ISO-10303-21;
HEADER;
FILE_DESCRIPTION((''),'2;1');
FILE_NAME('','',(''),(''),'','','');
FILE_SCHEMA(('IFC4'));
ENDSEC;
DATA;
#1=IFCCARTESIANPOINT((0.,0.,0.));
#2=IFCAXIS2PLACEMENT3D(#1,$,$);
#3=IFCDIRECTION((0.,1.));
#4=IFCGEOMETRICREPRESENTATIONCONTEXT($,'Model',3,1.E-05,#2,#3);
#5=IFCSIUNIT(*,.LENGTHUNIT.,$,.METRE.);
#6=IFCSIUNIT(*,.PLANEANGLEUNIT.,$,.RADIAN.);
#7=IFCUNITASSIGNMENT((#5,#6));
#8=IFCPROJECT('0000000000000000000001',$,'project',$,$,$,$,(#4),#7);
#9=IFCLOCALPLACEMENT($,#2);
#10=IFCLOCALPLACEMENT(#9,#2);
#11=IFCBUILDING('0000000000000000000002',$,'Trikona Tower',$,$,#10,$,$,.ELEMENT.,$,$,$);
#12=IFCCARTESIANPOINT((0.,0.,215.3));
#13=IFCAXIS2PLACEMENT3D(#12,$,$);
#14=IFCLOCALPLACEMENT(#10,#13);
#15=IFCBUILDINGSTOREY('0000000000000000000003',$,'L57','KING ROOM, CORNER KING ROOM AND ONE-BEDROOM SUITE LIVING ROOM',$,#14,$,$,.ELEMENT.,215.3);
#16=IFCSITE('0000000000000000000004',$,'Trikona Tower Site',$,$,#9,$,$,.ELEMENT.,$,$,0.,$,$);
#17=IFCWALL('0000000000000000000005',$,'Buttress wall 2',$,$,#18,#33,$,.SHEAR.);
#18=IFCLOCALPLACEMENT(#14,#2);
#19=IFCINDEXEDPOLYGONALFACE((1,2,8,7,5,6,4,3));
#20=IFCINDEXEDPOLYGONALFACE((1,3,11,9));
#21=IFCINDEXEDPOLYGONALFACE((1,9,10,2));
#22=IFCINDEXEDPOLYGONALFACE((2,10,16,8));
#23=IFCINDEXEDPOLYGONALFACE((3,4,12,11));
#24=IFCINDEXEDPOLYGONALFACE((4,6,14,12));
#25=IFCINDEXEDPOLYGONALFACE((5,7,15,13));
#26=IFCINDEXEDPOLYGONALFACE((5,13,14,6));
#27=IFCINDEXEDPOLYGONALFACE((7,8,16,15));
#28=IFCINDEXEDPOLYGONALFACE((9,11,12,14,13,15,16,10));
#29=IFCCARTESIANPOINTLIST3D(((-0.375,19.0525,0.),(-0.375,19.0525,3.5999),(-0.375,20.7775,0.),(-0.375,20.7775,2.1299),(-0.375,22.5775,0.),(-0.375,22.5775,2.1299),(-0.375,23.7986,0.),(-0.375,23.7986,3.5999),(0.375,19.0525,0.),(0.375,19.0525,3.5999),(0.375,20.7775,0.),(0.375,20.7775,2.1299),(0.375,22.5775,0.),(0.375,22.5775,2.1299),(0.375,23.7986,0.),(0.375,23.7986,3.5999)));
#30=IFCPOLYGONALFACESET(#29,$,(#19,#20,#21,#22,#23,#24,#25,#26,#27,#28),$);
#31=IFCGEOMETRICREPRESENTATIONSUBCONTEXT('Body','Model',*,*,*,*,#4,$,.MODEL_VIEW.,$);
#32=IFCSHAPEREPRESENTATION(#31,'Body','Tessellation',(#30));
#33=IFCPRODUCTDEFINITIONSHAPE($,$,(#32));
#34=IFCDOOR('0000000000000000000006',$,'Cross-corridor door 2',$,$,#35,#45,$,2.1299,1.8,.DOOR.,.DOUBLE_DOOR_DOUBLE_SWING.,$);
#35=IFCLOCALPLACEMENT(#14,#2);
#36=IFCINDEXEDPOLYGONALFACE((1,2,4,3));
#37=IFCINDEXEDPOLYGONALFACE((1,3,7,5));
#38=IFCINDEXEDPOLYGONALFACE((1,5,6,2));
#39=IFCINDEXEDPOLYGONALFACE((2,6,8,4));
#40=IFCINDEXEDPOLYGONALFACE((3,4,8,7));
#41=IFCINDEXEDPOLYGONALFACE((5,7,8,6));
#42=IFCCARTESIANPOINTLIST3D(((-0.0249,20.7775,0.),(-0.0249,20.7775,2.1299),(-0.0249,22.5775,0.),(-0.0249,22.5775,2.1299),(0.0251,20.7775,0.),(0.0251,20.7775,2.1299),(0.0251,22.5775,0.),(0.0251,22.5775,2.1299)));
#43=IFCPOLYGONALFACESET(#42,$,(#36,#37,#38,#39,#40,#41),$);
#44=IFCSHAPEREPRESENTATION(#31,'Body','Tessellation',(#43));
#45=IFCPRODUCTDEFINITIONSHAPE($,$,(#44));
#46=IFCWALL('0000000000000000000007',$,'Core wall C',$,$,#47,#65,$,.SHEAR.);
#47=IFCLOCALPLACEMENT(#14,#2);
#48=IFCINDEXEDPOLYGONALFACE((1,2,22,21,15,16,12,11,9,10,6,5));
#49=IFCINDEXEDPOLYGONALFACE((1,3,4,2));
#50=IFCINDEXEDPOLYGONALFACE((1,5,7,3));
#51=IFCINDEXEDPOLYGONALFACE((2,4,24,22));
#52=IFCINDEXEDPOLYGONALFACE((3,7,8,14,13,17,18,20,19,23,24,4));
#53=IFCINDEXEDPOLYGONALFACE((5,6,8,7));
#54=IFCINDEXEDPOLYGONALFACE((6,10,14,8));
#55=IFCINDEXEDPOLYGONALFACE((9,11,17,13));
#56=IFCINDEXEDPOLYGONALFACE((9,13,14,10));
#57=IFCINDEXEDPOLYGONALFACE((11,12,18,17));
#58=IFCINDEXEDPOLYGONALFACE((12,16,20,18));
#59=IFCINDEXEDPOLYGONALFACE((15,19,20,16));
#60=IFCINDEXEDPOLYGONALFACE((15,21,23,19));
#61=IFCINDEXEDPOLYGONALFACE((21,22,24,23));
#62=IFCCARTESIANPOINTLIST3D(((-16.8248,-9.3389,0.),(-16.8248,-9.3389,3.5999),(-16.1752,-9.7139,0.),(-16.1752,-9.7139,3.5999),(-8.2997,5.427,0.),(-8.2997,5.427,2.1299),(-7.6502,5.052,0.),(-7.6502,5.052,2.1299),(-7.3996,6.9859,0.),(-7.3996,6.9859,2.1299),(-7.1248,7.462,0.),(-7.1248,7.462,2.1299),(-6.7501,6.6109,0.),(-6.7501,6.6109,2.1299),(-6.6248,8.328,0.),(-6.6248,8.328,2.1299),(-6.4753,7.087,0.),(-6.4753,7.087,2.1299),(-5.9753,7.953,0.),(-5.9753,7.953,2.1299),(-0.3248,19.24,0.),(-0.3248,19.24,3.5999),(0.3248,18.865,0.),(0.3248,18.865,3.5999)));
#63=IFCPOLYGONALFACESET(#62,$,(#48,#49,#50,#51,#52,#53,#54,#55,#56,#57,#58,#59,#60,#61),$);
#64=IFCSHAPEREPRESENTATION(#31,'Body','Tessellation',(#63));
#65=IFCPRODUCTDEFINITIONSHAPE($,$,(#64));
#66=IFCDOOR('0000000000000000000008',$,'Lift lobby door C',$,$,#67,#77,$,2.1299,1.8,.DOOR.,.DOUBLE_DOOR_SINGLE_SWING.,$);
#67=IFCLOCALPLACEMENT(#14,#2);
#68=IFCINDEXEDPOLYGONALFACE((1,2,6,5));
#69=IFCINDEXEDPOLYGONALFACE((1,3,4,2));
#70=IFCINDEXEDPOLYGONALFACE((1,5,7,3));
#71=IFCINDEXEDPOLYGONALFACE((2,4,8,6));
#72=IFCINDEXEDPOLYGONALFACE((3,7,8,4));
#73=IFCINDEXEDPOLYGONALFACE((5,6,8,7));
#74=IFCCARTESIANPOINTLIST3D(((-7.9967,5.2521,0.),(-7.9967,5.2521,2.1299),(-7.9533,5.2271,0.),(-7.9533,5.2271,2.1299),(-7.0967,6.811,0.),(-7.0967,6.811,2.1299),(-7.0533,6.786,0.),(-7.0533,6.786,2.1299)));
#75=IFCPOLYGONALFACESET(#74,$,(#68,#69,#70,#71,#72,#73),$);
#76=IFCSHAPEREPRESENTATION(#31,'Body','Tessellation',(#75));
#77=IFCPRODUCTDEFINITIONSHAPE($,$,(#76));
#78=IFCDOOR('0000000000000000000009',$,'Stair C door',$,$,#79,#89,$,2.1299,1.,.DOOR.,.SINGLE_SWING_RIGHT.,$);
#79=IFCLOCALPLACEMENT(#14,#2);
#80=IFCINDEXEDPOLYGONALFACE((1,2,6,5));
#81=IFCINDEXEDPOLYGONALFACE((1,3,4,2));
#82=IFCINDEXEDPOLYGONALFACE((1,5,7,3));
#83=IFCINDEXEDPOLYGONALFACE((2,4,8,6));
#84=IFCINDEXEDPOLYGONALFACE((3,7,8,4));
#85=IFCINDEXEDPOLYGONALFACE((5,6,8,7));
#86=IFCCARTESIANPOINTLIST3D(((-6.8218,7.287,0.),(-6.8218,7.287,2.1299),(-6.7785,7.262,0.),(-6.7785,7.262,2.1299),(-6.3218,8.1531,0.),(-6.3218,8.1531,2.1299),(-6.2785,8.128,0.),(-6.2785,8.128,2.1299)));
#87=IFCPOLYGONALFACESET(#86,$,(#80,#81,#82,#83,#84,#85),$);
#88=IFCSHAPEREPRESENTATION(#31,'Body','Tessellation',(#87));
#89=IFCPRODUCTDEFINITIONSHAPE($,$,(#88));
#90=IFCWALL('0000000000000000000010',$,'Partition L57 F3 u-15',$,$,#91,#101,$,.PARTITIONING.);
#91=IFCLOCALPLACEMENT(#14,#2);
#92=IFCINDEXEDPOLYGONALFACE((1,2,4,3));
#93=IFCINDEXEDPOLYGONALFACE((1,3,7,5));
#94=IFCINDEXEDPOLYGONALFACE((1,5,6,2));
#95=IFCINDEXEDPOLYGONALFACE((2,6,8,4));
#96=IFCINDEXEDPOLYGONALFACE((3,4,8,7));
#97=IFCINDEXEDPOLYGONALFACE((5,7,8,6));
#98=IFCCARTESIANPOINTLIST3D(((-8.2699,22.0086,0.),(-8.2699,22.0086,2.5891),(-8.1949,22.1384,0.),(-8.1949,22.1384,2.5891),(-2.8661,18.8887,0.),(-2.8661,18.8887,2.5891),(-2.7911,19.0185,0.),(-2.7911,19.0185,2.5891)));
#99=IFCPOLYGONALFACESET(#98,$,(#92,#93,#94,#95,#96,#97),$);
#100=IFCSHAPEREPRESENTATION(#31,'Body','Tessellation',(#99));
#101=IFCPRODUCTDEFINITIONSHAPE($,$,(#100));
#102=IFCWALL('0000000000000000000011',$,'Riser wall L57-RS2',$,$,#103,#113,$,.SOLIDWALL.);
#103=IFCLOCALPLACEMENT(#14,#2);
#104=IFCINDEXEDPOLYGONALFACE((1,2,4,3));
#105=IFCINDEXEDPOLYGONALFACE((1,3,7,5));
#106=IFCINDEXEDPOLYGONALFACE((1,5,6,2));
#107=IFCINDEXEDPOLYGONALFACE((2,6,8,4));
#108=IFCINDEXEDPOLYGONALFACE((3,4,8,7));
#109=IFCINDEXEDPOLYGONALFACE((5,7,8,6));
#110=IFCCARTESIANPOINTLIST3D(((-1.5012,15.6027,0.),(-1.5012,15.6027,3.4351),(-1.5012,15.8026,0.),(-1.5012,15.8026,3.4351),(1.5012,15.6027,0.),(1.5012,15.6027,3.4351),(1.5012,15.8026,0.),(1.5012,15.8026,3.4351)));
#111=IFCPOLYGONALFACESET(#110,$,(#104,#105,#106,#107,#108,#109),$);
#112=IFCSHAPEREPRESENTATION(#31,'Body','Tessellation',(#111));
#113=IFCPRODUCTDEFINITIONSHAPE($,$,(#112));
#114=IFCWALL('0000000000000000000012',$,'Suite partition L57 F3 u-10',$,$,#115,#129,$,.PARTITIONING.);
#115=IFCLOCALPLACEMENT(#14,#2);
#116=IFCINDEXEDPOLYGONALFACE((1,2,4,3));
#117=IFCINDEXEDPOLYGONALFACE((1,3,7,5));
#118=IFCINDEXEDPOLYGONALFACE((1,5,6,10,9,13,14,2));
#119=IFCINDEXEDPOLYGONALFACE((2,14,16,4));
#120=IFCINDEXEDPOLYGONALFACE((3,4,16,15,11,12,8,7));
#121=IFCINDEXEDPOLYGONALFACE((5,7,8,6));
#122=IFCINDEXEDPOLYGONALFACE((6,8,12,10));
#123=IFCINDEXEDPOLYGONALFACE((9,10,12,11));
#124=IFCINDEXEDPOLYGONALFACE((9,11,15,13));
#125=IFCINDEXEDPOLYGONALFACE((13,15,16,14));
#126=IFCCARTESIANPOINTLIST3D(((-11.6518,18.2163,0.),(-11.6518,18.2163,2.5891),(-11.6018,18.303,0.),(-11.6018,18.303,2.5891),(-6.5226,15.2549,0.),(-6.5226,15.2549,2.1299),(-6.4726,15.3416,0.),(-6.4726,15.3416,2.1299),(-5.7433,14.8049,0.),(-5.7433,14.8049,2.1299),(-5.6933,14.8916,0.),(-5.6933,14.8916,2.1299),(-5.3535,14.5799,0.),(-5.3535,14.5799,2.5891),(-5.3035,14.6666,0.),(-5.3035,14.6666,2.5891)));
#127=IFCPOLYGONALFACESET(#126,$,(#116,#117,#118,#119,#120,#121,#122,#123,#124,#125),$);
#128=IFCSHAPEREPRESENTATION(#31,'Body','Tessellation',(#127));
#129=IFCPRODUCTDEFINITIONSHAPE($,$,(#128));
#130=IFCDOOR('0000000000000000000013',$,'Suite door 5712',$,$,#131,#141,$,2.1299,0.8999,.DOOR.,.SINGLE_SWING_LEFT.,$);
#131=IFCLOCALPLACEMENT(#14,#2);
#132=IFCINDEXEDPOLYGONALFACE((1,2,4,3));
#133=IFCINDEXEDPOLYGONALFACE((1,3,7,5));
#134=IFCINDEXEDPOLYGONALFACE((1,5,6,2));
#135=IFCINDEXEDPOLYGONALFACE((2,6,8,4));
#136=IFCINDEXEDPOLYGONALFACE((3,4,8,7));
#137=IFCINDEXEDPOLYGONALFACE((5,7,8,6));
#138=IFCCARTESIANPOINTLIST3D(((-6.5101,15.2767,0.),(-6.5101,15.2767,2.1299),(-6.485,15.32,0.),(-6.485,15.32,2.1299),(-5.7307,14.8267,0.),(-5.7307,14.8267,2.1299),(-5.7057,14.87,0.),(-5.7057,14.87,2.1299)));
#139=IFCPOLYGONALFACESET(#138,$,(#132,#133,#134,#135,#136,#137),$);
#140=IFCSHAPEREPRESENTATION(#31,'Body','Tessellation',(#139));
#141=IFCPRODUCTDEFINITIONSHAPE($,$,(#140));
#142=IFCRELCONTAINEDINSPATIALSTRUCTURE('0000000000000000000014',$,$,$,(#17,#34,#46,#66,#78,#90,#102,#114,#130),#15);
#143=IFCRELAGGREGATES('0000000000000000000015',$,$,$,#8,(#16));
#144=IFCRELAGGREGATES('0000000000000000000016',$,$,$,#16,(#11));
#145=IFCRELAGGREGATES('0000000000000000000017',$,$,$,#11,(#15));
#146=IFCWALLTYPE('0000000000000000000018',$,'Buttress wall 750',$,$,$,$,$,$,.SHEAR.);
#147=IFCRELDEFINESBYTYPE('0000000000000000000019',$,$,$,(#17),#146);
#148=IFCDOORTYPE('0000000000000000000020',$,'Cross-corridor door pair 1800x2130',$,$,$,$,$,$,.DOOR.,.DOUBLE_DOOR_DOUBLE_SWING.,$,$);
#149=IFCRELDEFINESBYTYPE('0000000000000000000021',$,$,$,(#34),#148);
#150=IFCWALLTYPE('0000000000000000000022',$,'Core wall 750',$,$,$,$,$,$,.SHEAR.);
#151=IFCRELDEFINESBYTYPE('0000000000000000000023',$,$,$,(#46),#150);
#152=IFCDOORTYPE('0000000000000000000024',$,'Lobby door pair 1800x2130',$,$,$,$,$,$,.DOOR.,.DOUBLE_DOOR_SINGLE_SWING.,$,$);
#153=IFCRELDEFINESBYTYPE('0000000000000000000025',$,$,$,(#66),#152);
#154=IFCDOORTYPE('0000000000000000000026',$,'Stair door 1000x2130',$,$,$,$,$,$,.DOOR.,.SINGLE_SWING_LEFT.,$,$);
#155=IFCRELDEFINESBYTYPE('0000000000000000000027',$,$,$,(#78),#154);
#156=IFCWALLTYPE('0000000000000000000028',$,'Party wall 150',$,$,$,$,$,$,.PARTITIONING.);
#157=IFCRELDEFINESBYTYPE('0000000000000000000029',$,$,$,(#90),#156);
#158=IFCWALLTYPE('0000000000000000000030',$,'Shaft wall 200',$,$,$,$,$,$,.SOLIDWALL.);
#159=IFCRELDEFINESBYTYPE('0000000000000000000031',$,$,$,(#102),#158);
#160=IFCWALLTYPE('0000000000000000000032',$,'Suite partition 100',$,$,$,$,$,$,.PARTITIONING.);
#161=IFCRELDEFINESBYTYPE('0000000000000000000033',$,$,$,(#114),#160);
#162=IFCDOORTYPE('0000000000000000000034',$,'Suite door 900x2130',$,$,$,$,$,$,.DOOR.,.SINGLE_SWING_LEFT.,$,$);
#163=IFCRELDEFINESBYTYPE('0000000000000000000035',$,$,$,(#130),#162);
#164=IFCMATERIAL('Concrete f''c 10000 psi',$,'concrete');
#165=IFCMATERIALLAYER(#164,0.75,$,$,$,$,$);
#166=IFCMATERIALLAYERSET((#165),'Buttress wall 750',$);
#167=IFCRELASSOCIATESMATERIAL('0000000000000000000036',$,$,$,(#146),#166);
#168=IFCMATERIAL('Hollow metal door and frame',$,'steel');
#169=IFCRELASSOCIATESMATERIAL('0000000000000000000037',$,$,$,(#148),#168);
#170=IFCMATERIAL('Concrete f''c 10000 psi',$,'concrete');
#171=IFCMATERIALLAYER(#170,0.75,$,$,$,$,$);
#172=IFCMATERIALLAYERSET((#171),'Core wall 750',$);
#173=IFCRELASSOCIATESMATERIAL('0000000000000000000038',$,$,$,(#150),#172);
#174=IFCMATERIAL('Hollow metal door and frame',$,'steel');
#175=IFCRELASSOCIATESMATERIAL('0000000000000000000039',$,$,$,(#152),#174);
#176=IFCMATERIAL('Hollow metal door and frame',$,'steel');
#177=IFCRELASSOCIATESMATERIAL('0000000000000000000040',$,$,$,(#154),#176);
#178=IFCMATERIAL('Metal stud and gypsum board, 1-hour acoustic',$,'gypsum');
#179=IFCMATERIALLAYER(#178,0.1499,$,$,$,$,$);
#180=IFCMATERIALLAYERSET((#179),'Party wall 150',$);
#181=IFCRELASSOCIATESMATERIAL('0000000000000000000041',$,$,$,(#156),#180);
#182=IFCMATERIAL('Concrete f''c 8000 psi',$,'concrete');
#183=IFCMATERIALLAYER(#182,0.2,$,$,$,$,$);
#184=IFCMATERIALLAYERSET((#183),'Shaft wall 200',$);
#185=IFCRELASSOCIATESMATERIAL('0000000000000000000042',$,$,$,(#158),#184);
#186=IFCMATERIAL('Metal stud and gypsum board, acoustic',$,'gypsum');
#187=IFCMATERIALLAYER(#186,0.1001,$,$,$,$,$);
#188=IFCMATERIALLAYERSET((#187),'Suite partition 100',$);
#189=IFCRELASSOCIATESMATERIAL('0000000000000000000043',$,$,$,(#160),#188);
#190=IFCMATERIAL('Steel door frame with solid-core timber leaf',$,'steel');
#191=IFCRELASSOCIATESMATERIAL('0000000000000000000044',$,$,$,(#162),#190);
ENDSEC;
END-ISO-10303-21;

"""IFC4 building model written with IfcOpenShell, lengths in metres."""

from ifc_helpers import new_model, si_unit, direction, frame, frame_2d, origin, place, context, subcontext, project, spatial, rectangle, extrude, material, layer, layer_set, type_object, element, fill, save


model = new_model("IFC4")

# Units and contexts
model_context = context("Model", 3, precision=1e-05, world=origin(), true_north=direction((0.0, 1.0)))
body_context = subcontext(model_context, "Body", "Model", "MODEL_VIEW")
ifc_project = project(units=[si_unit("LENGTHUNIT", "METRE"), si_unit("PLANEANGLEUNIT", "RADIAN")], contexts=[model_context])

# Site, building, storey
site_placement = place(None, origin())
site = spatial("IfcSite", under=ifc_project, at=site_placement, Name="Trikona Tower Site", CompositionType="ELEMENT", RefElevation=0.0)
building_placement = place(site_placement, origin())
building = spatial("IfcBuilding", under=site, at=building_placement, Name="Trikona Tower", CompositionType="ELEMENT")
storey_placement = place(building_placement, frame((0.0, 0.0, 215.3)))
storey = spatial("IfcBuildingStorey", under=building, at=storey_placement, Name="L57", Description="KING ROOM, CORNER KING ROOM AND ONE-BEDROOM SUITE LIVING ROOM", CompositionType="ELEMENT", Elevation=215.3)

# Wall, opening, door
ifc_material_1 = material(Name="Concrete f'c 10000 psi", Category="concrete")
ifc_layer_1 = layer(ifc_material_1, 0.75)
ifc_layer_set_1 = layer_set([ifc_layer_1], Name="Buttress wall 750")
wall_type_1 = type_object("IfcWallType", Name="Buttress wall 750", PredefinedType="SHEAR", material=ifc_layer_set_1)
wall_1_placement = place(storey_placement, frame((0.0, 19.0525, 0.0), z_axis=(0.0, 0.0, 1.0), x_axis=(0.0, 1.0, 0.0)))
wall_1 = element("IfcWall", 1, at=wall_1_placement, inside=storey, type_object=wall_type_1, Name="Buttress wall 2", PredefinedType="SHEAR", context=body_context, shape_type="SweptSolid", body=[
    extrude(rectangle(XDim=4.7461, YDim=0.75, at=frame_2d((2.373, 0.0))), origin(), (0.0, 0.0, 1.0), 3.5999),
])
opening_1_placement = place(wall_1_placement, frame((1.7251, 0.0, 0.0)))
opening_1 = element("IfcOpeningElement", 2, at=opening_1_placement, cuts=wall_1, PredefinedType="OPENING", context=body_context, shape_type="SweptSolid", body=[
    extrude(rectangle(XDim=1.8, YDim=2.1299, at=frame_2d((0.8999, 1.0649))), frame((0.0, 0.385, 0.0), z_axis=(0.0, -1.0, 0.0), x_axis=(1.0, 0.0, 0.0)), (0.0, 0.0, 1.0), 0.77),
])
ifc_material_2 = material(Name="Hollow metal door and frame", Category="steel")
door_type_1 = type_object("IfcDoorType", Name="Cross-corridor door pair 1800x2130", OperationType="DOUBLE_DOOR_DOUBLE_SWING", PredefinedType="DOOR", material=ifc_material_2)
door_1_placement = place(opening_1_placement, origin())
door_1 = element("IfcDoor", 3, at=door_1_placement, inside=storey, type_object=door_type_1, Name="Cross-corridor door 2", OperationType="DOUBLE_DOOR_DOUBLE_SWING", OverallHeight=2.1299, OverallWidth=1.8, PredefinedType="DOOR", context=body_context, shape_type="SweptSolid", body=[
    extrude(rectangle(XDim=1.8, YDim=2.1299, at=frame_2d((0.8999, 1.0649))), frame((0.0, 0.0249, 0.0), z_axis=(0.0, -1.0, 0.0), x_axis=(1.0, 0.0, 0.0)), (0.0, 0.0, 1.0), 0.05),
])
fill(opening_1, door_1)

# Wall, openings, doors
ifc_material_3 = material(Name="Concrete f'c 10000 psi", Category="concrete")
ifc_layer_2 = layer(ifc_material_3, 0.75)
ifc_layer_set_2 = layer_set([ifc_layer_2], Name="Core wall 750")
wall_type_2 = type_object("IfcWallType", Name="Core wall 750", PredefinedType="SHEAR", material=ifc_layer_set_2)
wall_2_placement = place(storey_placement, frame((0.0, 19.0525, 0.0), z_axis=(0.0, 0.0, 1.0), x_axis=(-0.5, -0.866026, 0.0)))
wall_2 = element("IfcWall", 4, at=wall_2_placement, inside=storey, type_object=wall_type_2, Name="Core wall C", PredefinedType="SHEAR", context=body_context, shape_type="SweptSolid", body=[
    extrude(rectangle(XDim=33.0, YDim=0.75, at=frame_2d((16.5, 0.0))), origin(), (0.0, 0.0, 1.0), 3.5999),
])
opening_2_placement = place(wall_2_placement, frame((14.1499, 0.0, 0.0)))
opening_2 = element("IfcOpeningElement", 5, at=opening_2_placement, cuts=wall_2, PredefinedType="OPENING", context=body_context, shape_type="SweptSolid", body=[
    extrude(rectangle(XDim=1.8, YDim=2.1299, at=frame_2d((0.8999, 1.0649))), frame((0.0, 0.385, 0.0), z_axis=(0.0, -1.0, 0.0), x_axis=(1.0, 0.0, 0.0)), (0.0, 0.0, 1.0), 0.77),
])
opening_3_placement = place(wall_2_placement, frame((12.6001, 0.0, 0.0)))
opening_3 = element("IfcOpeningElement", 6, at=opening_3_placement, cuts=wall_2, PredefinedType="OPENING", context=body_context, shape_type="SweptSolid", body=[
    extrude(rectangle(XDim=1.0, YDim=2.1299, at=frame_2d((0.5, 1.0649))), frame((0.0, 0.385, 0.0), z_axis=(0.0, -1.0, 0.0), x_axis=(1.0, 0.0, 0.0)), (0.0, 0.0, 1.0), 0.77),
])
ifc_material_4 = material(Name="Hollow metal door and frame", Category="steel")
door_type_2 = type_object("IfcDoorType", Name="Lobby door pair 1800x2130", OperationType="DOUBLE_DOOR_SINGLE_SWING", PredefinedType="DOOR", material=ifc_material_4)
door_2_placement = place(opening_2_placement, origin())
door_2 = element("IfcDoor", 7, at=door_2_placement, inside=storey, type_object=door_type_2, Name="Lift lobby door C", OperationType="DOUBLE_DOOR_SINGLE_SWING", OverallHeight=2.1299, OverallWidth=1.8, PredefinedType="DOOR", context=body_context, shape_type="SweptSolid", body=[
    extrude(rectangle(XDim=1.8, YDim=2.1299, at=frame_2d((0.8999, 1.0649))), frame((0.0, 0.0249, 0.0), z_axis=(0.0, -1.0, 0.0), x_axis=(1.0, 0.0, 0.0)), (0.0, 0.0, 1.0), 0.05),
])
fill(opening_2, door_2)
ifc_material_5 = material(Name="Hollow metal door and frame", Category="steel")
door_type_3 = type_object("IfcDoorType", Name="Stair door 1000x2130", OperationType="SINGLE_SWING_LEFT", PredefinedType="DOOR", material=ifc_material_5)
door_3_placement = place(opening_3_placement, origin())
door_3 = element("IfcDoor", 8, at=door_3_placement, inside=storey, type_object=door_type_3, Name="Stair C door", OperationType="SINGLE_SWING_RIGHT", OverallHeight=2.1299, OverallWidth=1.0, PredefinedType="DOOR", context=body_context, shape_type="SweptSolid", body=[
    extrude(rectangle(XDim=1.0, YDim=2.1299, at=frame_2d((0.5, 1.0649))), frame((0.0, 0.0249, 0.0), z_axis=(0.0, -1.0, 0.0), x_axis=(1.0, 0.0, 0.0)), (0.0, 0.0, 1.0), 0.05),
])
fill(opening_3, door_3)

# Walls
ifc_material_6 = material(Name="Metal stud and gypsum board, 1-hour acoustic", Category="gypsum")
ifc_layer_3 = layer(ifc_material_6, 0.1499)
ifc_layer_set_3 = layer_set([ifc_layer_3], Name="Party wall 150")
wall_type_3 = type_object("IfcWallType", Name="Party wall 150", PredefinedType="PARTITIONING", material=ifc_layer_set_3)
wall_3_placement = place(storey_placement, frame((-2.8286, 18.9536, 0.0), z_axis=(0.0, 0.0, 1.0), x_axis=(-0.866027, 0.499998, 0.0)))
element("IfcWall", 9, at=wall_3_placement, inside=storey, type_object=wall_type_3, Name="Partition L57 F3 u-15", PredefinedType="PARTITIONING", context=body_context, shape_type="SweptSolid", body=[
    extrude(rectangle(XDim=6.2397, YDim=0.1499, at=frame_2d((3.1199, 0.0))), origin(), (0.0, 0.0, 1.0), 2.5891),
])
ifc_material_7 = material(Name="Concrete f'c 8000 psi", Category="concrete")
ifc_layer_4 = layer(ifc_material_7, 0.2)
ifc_layer_set_4 = layer_set([ifc_layer_4], Name="Shaft wall 200")
wall_type_4 = type_object("IfcWallType", Name="Shaft wall 200", PredefinedType="SOLIDWALL", material=ifc_layer_set_4)
wall_4_placement = place(storey_placement, frame((-1.5012, 15.7026, 0.0), z_axis=(0.0, 0.0, 1.0), x_axis=(1.0, 0.0, 0.0)))
element("IfcWall", 10, at=wall_4_placement, inside=storey, type_object=wall_type_4, Name="Riser wall L57-RS2", PredefinedType="SOLIDWALL", context=body_context, shape_type="SweptSolid", body=[
    extrude(rectangle(XDim=3.0024, YDim=0.2, at=frame_2d((1.5012, 0.0))), origin(), (0.0, 0.0, 1.0), 3.4351),
])

# Wall, opening, door
ifc_material_8 = material(Name="Metal stud and gypsum board, acoustic", Category="gypsum")
ifc_layer_5 = layer(ifc_material_8, 0.1001)
ifc_layer_set_5 = layer_set([ifc_layer_5], Name="Suite partition 100")
wall_type_5 = type_object("IfcWallType", Name="Suite partition 100", PredefinedType="PARTITIONING", material=ifc_layer_set_5)
wall_5_placement = place(storey_placement, frame((-5.3286, 14.6233, 0.0), z_axis=(0.0, 0.0, 1.0), x_axis=(-0.866018, 0.500013, 0.0)))
wall_5 = element("IfcWall", 11, at=wall_5_placement, inside=storey, type_object=wall_type_5, Name="Suite partition L57 F3 u-10", PredefinedType="PARTITIONING", context=body_context, shape_type="SweptSolid", body=[
    extrude(rectangle(XDim=7.2727, YDim=0.1001, at=frame_2d((3.6362, 0.0))), origin(), (0.0, 0.0, 1.0), 2.5891),
])
opening_4_placement = place(wall_5_placement, frame((0.45, 0.0, 0.0)))
opening_4 = element("IfcOpeningElement", 12, at=opening_4_placement, cuts=wall_5, PredefinedType="OPENING", context=body_context, shape_type="SweptSolid", body=[
    extrude(rectangle(XDim=0.8999, YDim=2.1299, at=frame_2d((0.45, 1.0649))), frame((0.0, 0.0601, 0.0), z_axis=(0.0, -1.0, 0.0), x_axis=(1.0, 0.0, 0.0)), (0.0, 0.0, 1.0), 0.1201),
])
ifc_material_9 = material(Name="Steel door frame with solid-core timber leaf", Category="steel")
door_type_4 = type_object("IfcDoorType", Name="Suite door 900x2130", OperationType="SINGLE_SWING_LEFT", PredefinedType="DOOR", material=ifc_material_9)
door_4_placement = place(opening_4_placement, origin())
door_4 = element("IfcDoor", 13, at=door_4_placement, inside=storey, type_object=door_type_4, Name="Suite door 5712", OperationType="SINGLE_SWING_LEFT", OverallHeight=2.1299, OverallWidth=0.8999, PredefinedType="DOOR", context=body_context, shape_type="SweptSolid", body=[
    extrude(rectangle(XDim=0.8999, YDim=2.1299, at=frame_2d((0.45, 1.0649))), frame((0.0, 0.0249, 0.0), z_axis=(0.0, -1.0, 0.0), x_axis=(1.0, 0.0, 0.0)), (0.0, 0.0, 1.0), 0.05),
])
fill(opening_4, door_4)

save(model, "model.ifc")
